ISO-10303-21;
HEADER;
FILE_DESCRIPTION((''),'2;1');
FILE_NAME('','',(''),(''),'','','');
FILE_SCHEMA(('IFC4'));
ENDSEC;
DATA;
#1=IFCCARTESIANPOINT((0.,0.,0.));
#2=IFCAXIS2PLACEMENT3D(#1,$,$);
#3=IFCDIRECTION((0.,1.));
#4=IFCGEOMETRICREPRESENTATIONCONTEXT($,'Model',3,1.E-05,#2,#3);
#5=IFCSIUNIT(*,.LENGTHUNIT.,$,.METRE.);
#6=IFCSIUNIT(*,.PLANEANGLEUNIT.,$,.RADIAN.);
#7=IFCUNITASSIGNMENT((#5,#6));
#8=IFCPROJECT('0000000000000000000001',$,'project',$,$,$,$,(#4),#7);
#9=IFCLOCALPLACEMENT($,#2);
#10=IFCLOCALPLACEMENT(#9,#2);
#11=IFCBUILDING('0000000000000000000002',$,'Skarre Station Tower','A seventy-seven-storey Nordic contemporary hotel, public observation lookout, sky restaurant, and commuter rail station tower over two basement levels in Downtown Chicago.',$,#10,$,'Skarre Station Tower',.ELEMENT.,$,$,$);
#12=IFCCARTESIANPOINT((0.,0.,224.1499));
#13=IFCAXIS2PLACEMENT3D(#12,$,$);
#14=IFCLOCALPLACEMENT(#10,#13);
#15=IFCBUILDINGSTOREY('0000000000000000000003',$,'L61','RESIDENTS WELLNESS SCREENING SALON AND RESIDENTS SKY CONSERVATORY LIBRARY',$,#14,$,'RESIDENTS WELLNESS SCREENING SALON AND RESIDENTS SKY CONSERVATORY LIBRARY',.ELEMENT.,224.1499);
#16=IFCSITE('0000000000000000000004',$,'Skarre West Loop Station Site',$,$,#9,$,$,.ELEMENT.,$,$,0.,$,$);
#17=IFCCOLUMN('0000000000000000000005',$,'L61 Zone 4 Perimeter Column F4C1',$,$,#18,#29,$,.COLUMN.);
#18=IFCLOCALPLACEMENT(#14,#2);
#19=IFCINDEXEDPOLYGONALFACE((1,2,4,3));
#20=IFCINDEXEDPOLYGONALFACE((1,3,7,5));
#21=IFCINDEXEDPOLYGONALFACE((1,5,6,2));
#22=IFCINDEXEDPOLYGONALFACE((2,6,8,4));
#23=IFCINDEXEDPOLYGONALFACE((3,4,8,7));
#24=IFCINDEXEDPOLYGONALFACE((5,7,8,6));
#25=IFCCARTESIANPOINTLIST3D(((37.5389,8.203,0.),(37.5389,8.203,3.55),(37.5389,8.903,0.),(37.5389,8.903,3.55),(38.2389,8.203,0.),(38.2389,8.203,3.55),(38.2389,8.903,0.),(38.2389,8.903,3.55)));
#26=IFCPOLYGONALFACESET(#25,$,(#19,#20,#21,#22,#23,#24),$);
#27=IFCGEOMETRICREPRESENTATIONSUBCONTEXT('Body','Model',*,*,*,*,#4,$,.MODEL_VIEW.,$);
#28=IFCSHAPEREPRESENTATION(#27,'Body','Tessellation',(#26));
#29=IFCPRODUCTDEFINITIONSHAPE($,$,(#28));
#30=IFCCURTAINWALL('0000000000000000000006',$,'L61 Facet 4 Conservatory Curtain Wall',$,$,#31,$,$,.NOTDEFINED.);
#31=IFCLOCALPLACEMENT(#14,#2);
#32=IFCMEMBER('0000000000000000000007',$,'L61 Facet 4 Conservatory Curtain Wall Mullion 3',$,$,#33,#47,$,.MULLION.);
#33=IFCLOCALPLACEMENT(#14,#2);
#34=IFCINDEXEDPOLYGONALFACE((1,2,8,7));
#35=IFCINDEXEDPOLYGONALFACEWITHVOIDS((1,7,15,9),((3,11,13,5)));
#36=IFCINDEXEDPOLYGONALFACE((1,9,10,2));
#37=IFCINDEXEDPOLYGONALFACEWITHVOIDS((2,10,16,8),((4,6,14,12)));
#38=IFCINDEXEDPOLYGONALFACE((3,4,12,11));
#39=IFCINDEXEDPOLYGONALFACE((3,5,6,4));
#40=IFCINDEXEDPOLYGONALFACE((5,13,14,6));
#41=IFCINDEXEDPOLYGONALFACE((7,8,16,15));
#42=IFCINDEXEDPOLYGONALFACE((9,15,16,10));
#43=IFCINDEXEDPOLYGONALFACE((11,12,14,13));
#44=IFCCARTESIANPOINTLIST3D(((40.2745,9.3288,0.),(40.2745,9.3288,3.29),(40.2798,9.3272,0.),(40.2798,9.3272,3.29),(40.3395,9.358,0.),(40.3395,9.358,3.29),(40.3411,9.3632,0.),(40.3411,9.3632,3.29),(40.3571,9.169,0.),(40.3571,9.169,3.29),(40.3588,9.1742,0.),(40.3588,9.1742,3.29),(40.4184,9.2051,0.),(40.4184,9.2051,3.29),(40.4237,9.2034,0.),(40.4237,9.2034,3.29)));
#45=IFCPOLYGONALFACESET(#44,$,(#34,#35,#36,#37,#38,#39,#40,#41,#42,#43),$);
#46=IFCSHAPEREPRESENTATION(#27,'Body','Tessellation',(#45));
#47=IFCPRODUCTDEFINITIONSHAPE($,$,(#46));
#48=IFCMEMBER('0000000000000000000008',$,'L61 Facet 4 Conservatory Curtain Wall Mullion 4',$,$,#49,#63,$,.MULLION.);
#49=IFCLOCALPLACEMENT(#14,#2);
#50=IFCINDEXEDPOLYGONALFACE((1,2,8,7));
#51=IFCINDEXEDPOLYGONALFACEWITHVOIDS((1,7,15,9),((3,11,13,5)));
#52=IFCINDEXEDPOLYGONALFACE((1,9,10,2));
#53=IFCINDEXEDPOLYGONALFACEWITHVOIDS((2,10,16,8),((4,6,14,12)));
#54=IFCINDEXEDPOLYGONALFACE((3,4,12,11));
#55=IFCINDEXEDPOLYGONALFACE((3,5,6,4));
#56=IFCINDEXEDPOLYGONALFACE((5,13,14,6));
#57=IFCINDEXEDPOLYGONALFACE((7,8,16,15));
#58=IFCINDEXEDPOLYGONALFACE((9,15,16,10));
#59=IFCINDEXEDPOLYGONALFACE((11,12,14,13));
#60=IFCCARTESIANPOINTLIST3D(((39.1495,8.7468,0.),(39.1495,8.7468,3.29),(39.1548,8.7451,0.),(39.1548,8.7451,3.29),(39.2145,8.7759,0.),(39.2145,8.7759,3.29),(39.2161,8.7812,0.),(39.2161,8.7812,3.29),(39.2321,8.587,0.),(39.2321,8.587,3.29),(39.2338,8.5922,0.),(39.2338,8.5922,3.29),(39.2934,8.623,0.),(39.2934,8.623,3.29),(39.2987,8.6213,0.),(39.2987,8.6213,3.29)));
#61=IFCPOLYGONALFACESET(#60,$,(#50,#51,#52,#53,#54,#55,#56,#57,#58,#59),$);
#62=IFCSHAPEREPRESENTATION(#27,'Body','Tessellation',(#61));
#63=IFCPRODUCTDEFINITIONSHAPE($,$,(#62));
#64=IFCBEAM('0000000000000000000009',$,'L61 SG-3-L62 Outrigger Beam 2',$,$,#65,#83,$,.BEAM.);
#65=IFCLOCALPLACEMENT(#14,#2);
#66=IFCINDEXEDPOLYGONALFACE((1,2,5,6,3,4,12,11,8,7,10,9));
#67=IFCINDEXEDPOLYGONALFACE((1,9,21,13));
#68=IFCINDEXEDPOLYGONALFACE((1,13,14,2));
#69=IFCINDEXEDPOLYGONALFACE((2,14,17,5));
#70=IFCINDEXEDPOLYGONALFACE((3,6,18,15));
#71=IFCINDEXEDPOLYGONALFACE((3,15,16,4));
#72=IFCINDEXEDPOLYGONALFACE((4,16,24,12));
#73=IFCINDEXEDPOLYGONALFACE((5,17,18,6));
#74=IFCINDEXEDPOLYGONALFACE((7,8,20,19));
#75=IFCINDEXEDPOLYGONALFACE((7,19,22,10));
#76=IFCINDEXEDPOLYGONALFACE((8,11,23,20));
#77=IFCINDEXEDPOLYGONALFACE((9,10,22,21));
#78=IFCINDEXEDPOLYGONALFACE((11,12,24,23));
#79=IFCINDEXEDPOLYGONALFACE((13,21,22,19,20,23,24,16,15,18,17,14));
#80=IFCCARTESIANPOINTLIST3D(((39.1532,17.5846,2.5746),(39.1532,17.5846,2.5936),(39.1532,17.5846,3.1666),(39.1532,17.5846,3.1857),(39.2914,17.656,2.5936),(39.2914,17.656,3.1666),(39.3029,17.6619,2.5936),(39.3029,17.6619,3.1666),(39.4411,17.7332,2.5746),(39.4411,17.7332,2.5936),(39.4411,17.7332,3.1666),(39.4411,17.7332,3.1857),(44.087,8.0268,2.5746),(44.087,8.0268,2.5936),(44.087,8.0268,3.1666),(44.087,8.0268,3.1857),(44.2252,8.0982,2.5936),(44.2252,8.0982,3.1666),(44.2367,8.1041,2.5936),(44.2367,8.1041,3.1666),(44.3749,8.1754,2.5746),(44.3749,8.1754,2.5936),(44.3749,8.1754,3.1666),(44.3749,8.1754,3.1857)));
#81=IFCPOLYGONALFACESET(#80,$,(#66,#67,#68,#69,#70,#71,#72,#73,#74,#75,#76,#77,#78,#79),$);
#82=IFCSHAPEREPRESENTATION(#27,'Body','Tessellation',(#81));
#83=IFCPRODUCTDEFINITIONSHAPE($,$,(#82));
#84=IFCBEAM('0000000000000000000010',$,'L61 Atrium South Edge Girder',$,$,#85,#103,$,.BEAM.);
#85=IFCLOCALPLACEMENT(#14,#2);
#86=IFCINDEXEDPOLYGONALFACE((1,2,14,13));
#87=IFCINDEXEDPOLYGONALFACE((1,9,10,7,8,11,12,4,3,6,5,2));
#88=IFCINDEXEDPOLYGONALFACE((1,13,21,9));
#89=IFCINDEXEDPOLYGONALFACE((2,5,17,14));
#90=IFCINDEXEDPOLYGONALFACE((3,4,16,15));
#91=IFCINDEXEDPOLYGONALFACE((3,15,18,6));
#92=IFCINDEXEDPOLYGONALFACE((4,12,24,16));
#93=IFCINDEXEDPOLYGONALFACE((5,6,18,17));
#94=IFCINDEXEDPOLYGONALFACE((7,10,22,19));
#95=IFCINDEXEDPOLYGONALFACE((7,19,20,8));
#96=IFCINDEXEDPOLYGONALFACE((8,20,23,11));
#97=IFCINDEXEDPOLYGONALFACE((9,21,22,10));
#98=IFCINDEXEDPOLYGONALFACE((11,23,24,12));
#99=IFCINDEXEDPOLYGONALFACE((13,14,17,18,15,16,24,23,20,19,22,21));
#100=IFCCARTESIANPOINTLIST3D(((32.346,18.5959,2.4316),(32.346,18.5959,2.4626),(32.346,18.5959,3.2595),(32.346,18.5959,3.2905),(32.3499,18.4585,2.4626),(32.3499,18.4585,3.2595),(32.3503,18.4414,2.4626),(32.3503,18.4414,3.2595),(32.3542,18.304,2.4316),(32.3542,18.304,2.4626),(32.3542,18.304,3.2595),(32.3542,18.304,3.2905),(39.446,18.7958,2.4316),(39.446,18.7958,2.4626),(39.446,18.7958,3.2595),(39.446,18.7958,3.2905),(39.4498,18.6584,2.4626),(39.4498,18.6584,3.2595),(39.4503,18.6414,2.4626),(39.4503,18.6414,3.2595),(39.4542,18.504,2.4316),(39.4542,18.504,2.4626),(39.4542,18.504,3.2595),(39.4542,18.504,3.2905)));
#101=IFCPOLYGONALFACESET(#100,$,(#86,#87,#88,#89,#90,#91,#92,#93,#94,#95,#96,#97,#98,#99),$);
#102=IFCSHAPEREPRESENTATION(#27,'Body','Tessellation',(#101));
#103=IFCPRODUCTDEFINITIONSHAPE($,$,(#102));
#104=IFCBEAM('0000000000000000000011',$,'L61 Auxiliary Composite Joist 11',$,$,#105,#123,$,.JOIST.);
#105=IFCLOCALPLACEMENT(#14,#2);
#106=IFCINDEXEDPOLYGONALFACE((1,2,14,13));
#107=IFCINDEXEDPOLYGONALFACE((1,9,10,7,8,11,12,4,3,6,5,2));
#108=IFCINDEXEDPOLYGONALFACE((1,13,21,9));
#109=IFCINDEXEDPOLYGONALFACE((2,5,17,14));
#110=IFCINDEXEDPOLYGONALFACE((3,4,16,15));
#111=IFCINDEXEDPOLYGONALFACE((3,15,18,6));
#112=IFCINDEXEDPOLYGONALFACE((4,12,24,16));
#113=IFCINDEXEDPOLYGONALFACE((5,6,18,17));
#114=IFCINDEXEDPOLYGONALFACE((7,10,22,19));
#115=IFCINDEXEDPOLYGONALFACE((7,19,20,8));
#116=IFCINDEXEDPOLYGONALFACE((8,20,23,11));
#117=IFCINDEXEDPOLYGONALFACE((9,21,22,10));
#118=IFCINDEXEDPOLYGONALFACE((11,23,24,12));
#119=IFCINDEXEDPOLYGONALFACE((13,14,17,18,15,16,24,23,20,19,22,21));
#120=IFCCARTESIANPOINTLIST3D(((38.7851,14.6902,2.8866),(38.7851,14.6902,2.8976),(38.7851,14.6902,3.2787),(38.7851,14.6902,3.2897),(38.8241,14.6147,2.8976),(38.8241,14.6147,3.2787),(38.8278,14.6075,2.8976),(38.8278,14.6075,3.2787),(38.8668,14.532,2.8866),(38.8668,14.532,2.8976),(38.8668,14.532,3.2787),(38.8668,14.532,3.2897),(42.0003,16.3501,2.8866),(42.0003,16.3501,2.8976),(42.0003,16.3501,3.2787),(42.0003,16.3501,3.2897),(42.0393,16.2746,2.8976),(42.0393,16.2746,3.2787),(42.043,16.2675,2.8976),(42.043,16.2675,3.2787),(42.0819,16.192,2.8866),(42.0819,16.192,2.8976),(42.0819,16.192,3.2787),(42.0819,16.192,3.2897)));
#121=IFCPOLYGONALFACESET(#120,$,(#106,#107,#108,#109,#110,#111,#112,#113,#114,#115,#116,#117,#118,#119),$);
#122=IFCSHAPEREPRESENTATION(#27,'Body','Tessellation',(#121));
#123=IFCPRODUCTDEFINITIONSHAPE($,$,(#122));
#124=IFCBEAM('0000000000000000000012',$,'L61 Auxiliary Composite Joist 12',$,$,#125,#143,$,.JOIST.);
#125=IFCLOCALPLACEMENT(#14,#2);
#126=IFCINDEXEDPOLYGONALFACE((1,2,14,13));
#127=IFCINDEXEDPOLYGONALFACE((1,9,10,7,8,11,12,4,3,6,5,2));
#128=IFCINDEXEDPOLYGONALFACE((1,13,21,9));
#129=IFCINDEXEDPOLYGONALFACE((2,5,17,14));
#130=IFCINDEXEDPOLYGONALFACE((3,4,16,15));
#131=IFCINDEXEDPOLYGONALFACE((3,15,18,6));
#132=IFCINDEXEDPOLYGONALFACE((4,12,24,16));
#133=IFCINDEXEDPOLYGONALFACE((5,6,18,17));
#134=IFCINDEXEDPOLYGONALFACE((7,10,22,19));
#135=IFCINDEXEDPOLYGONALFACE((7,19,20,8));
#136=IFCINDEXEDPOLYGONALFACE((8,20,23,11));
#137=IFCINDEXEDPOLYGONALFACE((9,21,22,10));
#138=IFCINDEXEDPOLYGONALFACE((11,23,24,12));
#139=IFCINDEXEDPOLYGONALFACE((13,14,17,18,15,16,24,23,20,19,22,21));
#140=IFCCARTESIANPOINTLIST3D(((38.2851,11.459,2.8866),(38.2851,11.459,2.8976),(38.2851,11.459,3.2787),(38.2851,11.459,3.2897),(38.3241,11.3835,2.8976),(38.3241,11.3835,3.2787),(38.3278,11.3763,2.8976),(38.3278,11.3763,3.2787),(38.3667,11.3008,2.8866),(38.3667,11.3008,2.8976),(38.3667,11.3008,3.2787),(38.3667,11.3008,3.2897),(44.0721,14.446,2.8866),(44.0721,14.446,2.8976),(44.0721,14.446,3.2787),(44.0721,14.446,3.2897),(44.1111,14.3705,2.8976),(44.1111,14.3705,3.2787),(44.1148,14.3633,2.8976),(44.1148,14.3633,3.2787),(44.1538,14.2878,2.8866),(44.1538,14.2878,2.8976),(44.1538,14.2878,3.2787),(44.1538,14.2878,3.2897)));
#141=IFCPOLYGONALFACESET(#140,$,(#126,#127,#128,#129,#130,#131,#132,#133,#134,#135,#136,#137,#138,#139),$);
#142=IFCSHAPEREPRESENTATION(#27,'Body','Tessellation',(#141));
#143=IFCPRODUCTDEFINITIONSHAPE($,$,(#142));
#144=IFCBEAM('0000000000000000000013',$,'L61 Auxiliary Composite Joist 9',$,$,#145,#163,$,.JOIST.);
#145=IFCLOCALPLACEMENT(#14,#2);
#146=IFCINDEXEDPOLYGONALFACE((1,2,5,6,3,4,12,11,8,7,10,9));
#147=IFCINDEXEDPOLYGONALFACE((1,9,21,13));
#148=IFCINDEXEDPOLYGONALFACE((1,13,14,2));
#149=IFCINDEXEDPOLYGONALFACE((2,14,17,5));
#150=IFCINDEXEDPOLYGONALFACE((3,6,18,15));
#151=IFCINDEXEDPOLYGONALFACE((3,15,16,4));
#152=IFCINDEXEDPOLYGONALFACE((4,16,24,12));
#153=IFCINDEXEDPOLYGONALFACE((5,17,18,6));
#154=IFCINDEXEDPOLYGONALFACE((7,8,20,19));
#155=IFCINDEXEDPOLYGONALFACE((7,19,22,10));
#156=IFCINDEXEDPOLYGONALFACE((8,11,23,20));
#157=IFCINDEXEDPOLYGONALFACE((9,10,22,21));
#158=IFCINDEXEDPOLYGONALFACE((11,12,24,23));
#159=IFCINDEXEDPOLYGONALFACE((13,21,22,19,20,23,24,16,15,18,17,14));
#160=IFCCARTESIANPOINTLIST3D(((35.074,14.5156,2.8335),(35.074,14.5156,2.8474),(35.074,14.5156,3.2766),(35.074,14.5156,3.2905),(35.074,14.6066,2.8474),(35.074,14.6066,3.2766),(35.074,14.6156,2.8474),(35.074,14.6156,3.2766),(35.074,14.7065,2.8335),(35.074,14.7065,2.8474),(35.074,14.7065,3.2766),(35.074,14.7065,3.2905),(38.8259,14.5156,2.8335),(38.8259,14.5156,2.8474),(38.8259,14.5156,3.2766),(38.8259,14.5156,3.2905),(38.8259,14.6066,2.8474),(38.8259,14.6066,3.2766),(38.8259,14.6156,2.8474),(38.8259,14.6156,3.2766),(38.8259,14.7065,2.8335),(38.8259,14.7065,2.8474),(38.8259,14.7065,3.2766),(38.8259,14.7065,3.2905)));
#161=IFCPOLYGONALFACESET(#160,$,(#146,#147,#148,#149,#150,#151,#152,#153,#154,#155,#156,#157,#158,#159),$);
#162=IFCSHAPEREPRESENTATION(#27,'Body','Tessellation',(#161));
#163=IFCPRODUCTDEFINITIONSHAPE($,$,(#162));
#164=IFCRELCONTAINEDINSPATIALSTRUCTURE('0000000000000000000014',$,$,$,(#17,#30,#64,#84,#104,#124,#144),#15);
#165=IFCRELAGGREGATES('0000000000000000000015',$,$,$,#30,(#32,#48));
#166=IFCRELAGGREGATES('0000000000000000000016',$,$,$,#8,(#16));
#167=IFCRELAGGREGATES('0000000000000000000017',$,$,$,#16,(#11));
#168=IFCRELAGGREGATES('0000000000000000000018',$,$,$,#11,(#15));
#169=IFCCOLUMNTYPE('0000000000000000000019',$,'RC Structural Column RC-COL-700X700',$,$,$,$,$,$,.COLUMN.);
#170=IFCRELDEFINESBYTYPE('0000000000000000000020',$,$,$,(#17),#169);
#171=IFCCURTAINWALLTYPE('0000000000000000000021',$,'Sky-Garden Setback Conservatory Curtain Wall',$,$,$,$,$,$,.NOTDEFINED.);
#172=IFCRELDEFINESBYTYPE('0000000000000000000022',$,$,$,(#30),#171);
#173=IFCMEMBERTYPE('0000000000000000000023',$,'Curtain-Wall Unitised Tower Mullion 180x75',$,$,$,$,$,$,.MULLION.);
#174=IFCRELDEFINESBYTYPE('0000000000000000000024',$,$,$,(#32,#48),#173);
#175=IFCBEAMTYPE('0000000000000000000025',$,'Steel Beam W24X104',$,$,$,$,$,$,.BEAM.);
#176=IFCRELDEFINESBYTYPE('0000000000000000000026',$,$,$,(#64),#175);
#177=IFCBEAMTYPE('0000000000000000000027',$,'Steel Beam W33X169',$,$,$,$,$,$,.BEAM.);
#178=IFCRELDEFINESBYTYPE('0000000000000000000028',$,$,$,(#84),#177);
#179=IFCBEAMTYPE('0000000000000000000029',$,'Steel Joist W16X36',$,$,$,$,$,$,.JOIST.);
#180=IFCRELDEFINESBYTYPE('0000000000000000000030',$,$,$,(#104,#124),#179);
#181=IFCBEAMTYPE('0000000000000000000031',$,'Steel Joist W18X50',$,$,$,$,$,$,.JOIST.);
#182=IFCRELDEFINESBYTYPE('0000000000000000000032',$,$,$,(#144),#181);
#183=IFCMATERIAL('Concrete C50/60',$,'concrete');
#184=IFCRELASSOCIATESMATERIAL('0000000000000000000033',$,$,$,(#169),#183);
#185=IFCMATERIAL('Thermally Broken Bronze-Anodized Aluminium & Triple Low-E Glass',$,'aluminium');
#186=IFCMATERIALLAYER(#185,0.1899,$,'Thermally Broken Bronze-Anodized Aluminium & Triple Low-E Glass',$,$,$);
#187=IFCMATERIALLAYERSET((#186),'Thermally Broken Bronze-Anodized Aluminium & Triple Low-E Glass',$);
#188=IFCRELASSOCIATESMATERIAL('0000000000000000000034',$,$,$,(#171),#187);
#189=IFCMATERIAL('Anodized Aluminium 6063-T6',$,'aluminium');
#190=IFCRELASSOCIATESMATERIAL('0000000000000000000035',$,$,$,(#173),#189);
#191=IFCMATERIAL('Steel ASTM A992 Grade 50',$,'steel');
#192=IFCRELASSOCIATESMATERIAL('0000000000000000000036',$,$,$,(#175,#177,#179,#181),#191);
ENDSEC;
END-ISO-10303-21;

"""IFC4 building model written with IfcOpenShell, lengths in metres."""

from ifc_helpers import new_model, si_unit, direction, frame, origin, origin_2d, place, context, subcontext, project, spatial, rectangle, hollow_rectangle, i_section, extrude, material, layer, layer_set, material_profile, profile_set, type_object, element, aggregate, save


model = new_model("IFC4")

# Units and contexts
model_context = context("Model", 3, precision=1e-05, world=origin(), true_north=direction((0.0, 1.0)))
body_context = subcontext(model_context, "Body", "Model", "MODEL_VIEW")
ifc_project = project(units=[si_unit("LENGTHUNIT", "METRE"), si_unit("PLANEANGLEUNIT", "RADIAN")], contexts=[model_context])

# Site, building, storey
site_placement = place(None, origin())
site = spatial("IfcSite", under=ifc_project, at=site_placement, Name="Skarre West Loop Station Site", CompositionType="ELEMENT", RefElevation=0.0)
building_placement = place(site_placement, origin())
building = spatial("IfcBuilding", under=site, at=building_placement, Name="Skarre Station Tower", Description="A seventy-seven-storey Nordic contemporary hotel, public observation lookout, sky restaurant, and commuter rail station tower over two basement levels in Downtown Chicago.", LongName="Skarre Station Tower", CompositionType="ELEMENT")
storey_placement = place(building_placement, frame((0.0, 0.0, 224.1499)))
storey = spatial("IfcBuildingStorey", under=building, at=storey_placement, Name="L61", Description="RESIDENTS WELLNESS SCREENING SALON AND RESIDENTS SKY CONSERVATORY LIBRARY", LongName="RESIDENTS WELLNESS SCREENING SALON AND RESIDENTS SKY CONSERVATORY LIBRARY", CompositionType="ELEMENT", Elevation=224.1499)

# Column
ifc_material_1 = material(Name="Concrete C50/60", Category="concrete")
ifc_material_profile_1 = material_profile(ifc_material_1, rectangle(XDim=0.7, YDim=0.7, at=origin_2d()), Name="Concrete C50/60")
ifc_profile_set_1 = profile_set([ifc_material_profile_1], Name="Concrete C50/60")
column_type = type_object("IfcColumnType", Name="RC Structural Column RC-COL-700X700", PredefinedType="COLUMN", material=ifc_profile_set_1)
column_placement = place(storey_placement, frame((37.8889, 8.553, 0.0), z_axis=(0.0, 0.0, 1.0), x_axis=(1.0, 0.0, 0.0)))
element("IfcColumn", 1, at=column_placement, inside=storey, type_object=column_type, Name="L61 Zone 4 Perimeter Column F4C1", PredefinedType="COLUMN", context=body_context, shape_type="SweptSolid", body=[
    extrude(rectangle(XDim=0.7, YDim=0.7, at=origin_2d()), origin(), (0.0, 0.0, 1.0), 3.55),
])

# Curtain wall, members
ifc_material_2 = material(Name="Thermally Broken Bronze-Anodized Aluminium & Triple Low-E Glass", Category="aluminium")
ifc_layer_1 = layer(ifc_material_2, 0.1899, Name="Thermally Broken Bronze-Anodized Aluminium & Triple Low-E Glass")
ifc_layer_set_1 = layer_set([ifc_layer_1], Name="Thermally Broken Bronze-Anodized Aluminium & Triple Low-E Glass")
curtain_wall_type = type_object("IfcCurtainWallType", Name="Sky-Garden Setback Conservatory Curtain Wall", PredefinedType="NOTDEFINED", material=ifc_layer_set_1)
curtain_wall_placement = place(storey_placement, origin())
curtain_wall = element("IfcCurtainWall", 2, at=curtain_wall_placement, inside=storey, type_object=curtain_wall_type, Name="L61 Facet 4 Conservatory Curtain Wall", PredefinedType="NOTDEFINED")
ifc_material_3 = material(Name="Anodized Aluminium 6063-T6", Category="aluminium")
ifc_material_profile_2 = material_profile(ifc_material_3, hollow_rectangle(XDim=0.075, YDim=0.1799, WallThickness=0.0039, at=origin_2d()), Name="Anodized Aluminium 6063-T6")
ifc_profile_set_2 = profile_set([ifc_material_profile_2], Name="Anodized Aluminium 6063-T6")
member_type_1 = type_object("IfcMemberType", Name="Curtain-Wall Unitised Tower Mullion 180x75", PredefinedType="MULLION", material=ifc_profile_set_2)
member_1_placement = place(storey_placement, frame((40.3491, 9.2661, 0.0), z_axis=(0.0, 0.0, 1.0), x_axis=(-0.888481, -0.458913, 0.0)))
member_1 = element("IfcMember", 3, at=member_1_placement, type_object=member_type_1, Name="L61 Facet 4 Conservatory Curtain Wall Mullion 3", PredefinedType="MULLION", context=body_context, shape_type="SweptSolid", body=[
    extrude(hollow_rectangle(XDim=0.075, YDim=0.1799, WallThickness=0.0039, at=origin_2d()), origin(), (0.0, 0.0, 1.0), 3.29),
])
member_2_placement = place(storey_placement, frame((39.2241, 8.6841, 0.0), z_axis=(0.0, 0.0, 1.0), x_axis=(-0.888481, -0.458913, 0.0)))
member_2 = element("IfcMember", 4, at=member_2_placement, type_object=member_type_1, Name="L61 Facet 4 Conservatory Curtain Wall Mullion 4", PredefinedType="MULLION", context=body_context, shape_type="SweptSolid", body=[
    extrude(hollow_rectangle(XDim=0.075, YDim=0.1799, WallThickness=0.0039, at=origin_2d()), origin(), (0.0, 0.0, 1.0), 3.29),
])

# Beams
ifc_material_4 = material(Name="Steel ASTM A992 Grade 50", Category="steel")
ifc_material_profile_3 = material_profile(ifc_material_4, i_section(OverallWidth=0.324, OverallDepth=0.6111, WebThickness=0.0129, FlangeThickness=0.019, at=origin_2d()), Name="Steel ASTM A992 Grade 50")
ifc_profile_set_3 = profile_set([ifc_material_profile_3], Name="Steel ASTM A992 Grade 50")
beam_type_1 = type_object("IfcBeamType", Name="Steel Beam W24X104", PredefinedType="BEAM", material=ifc_profile_set_3)
beam_1_placement = place(storey_placement, frame((39.2971, 17.6589, 2.8801), z_axis=(0.458698, -0.888592, 0.0), x_axis=(0.888592, 0.458698, 0.0)))
element("IfcBeam", 5, at=beam_1_placement, inside=storey, type_object=beam_type_1, Name="L61 SG-3-L62 Outrigger Beam 2", PredefinedType="BEAM", context=body_context, shape_type="SweptSolid", body=[
    extrude(i_section(OverallWidth=0.324, OverallDepth=0.6111, WebThickness=0.0129, FlangeThickness=0.019, at=origin_2d()), origin(), (0.0, 0.0, 1.0), 10.7561),
])
ifc_material_profile_4 = material_profile(ifc_material_4, i_section(OverallWidth=0.292, OverallDepth=0.8589, WebThickness=0.0171, FlangeThickness=0.031, at=origin_2d()), Name="Steel ASTM A992 Grade 50")
ifc_profile_set_4 = profile_set([ifc_material_profile_4], Name="Steel ASTM A992 Grade 50")
beam_type_2 = type_object("IfcBeamType", Name="Steel Beam W33X169", PredefinedType="BEAM", material=ifc_profile_set_4)
beam_2_placement = place(storey_placement, frame((32.3501, 18.45, 2.8611), z_axis=(0.999604, 0.028152, 0.0), x_axis=(-0.028152, 0.999604, 0.0)))
element("IfcBeam", 6, at=beam_2_placement, inside=storey, type_object=beam_type_2, Name="L61 Atrium South Edge Girder", PredefinedType="BEAM", context=body_context, shape_type="SweptSolid", body=[
    extrude(i_section(OverallWidth=0.292, OverallDepth=0.8589, WebThickness=0.0171, FlangeThickness=0.031, at=origin_2d()), origin(), (0.0, 0.0, 1.0), 7.1028),
])
ifc_material_profile_5 = material_profile(ifc_material_4, i_section(OverallWidth=0.178, OverallDepth=0.4031, WebThickness=0.0081, FlangeThickness=0.011, at=origin_2d()), Name="Steel ASTM A992 Grade 50")
ifc_profile_set_5 = profile_set([ifc_material_profile_5], Name="Steel ASTM A992 Grade 50")
beam_type_3 = type_object("IfcBeamType", Name="Steel Joist W16X36", PredefinedType="JOIST", material=ifc_profile_set_5)
beam_3_placement = place(storey_placement, frame((38.8259, 14.6111, 3.0881), z_axis=(0.888563, 0.458755, 0.0), x_axis=(-0.458755, 0.888563, 0.0)))
element("IfcBeam", 7, at=beam_3_placement, inside=storey, type_object=beam_type_3, Name="L61 Auxiliary Composite Joist 11", PredefinedType="JOIST", context=body_context, shape_type="SweptSolid", body=[
    extrude(i_section(OverallWidth=0.178, OverallDepth=0.4031, WebThickness=0.0081, FlangeThickness=0.011, at=origin_2d()), origin(), (0.0, 0.0, 1.0), 3.6184),
])
beam_4_placement = place(storey_placement, frame((38.3259, 11.3799, 3.0881), z_axis=(0.88861, 0.458663, 0.0), x_axis=(-0.458663, 0.88861, 0.0)))
element("IfcBeam", 8, at=beam_4_placement, inside=storey, type_object=beam_type_3, Name="L61 Auxiliary Composite Joist 12", PredefinedType="JOIST", context=body_context, shape_type="SweptSolid", body=[
    extrude(i_section(OverallWidth=0.178, OverallDepth=0.4031, WebThickness=0.0081, FlangeThickness=0.011, at=origin_2d()), origin(), (0.0, 0.0, 1.0), 6.5125),
])
ifc_material_profile_6 = material_profile(ifc_material_4, i_section(OverallWidth=0.1909, OverallDepth=0.457, WebThickness=0.009, FlangeThickness=0.0139, at=origin_2d()), Name="Steel ASTM A992 Grade 50")
ifc_profile_set_6 = profile_set([ifc_material_profile_6], Name="Steel ASTM A992 Grade 50")
beam_type_4 = type_object("IfcBeamType", Name="Steel Joist W18X50", PredefinedType="JOIST", material=ifc_profile_set_6)
beam_5_placement = place(storey_placement, frame((35.074, 14.6111, 3.062), z_axis=(1.0, 0.0, 0.0), x_axis=(0.0, 1.0, 0.0)))
element("IfcBeam", 9, at=beam_5_placement, inside=storey, type_object=beam_type_4, Name="L61 Auxiliary Composite Joist 9", PredefinedType="JOIST", context=body_context, shape_type="SweptSolid", body=[
    extrude(i_section(OverallWidth=0.1909, OverallDepth=0.457, WebThickness=0.009, FlangeThickness=0.0139, at=origin_2d()), origin(), (0.0, 0.0, 1.0), 3.752),
])

aggregate(curtain_wall, [member_1, member_2])

save(model, "model.ifc")
